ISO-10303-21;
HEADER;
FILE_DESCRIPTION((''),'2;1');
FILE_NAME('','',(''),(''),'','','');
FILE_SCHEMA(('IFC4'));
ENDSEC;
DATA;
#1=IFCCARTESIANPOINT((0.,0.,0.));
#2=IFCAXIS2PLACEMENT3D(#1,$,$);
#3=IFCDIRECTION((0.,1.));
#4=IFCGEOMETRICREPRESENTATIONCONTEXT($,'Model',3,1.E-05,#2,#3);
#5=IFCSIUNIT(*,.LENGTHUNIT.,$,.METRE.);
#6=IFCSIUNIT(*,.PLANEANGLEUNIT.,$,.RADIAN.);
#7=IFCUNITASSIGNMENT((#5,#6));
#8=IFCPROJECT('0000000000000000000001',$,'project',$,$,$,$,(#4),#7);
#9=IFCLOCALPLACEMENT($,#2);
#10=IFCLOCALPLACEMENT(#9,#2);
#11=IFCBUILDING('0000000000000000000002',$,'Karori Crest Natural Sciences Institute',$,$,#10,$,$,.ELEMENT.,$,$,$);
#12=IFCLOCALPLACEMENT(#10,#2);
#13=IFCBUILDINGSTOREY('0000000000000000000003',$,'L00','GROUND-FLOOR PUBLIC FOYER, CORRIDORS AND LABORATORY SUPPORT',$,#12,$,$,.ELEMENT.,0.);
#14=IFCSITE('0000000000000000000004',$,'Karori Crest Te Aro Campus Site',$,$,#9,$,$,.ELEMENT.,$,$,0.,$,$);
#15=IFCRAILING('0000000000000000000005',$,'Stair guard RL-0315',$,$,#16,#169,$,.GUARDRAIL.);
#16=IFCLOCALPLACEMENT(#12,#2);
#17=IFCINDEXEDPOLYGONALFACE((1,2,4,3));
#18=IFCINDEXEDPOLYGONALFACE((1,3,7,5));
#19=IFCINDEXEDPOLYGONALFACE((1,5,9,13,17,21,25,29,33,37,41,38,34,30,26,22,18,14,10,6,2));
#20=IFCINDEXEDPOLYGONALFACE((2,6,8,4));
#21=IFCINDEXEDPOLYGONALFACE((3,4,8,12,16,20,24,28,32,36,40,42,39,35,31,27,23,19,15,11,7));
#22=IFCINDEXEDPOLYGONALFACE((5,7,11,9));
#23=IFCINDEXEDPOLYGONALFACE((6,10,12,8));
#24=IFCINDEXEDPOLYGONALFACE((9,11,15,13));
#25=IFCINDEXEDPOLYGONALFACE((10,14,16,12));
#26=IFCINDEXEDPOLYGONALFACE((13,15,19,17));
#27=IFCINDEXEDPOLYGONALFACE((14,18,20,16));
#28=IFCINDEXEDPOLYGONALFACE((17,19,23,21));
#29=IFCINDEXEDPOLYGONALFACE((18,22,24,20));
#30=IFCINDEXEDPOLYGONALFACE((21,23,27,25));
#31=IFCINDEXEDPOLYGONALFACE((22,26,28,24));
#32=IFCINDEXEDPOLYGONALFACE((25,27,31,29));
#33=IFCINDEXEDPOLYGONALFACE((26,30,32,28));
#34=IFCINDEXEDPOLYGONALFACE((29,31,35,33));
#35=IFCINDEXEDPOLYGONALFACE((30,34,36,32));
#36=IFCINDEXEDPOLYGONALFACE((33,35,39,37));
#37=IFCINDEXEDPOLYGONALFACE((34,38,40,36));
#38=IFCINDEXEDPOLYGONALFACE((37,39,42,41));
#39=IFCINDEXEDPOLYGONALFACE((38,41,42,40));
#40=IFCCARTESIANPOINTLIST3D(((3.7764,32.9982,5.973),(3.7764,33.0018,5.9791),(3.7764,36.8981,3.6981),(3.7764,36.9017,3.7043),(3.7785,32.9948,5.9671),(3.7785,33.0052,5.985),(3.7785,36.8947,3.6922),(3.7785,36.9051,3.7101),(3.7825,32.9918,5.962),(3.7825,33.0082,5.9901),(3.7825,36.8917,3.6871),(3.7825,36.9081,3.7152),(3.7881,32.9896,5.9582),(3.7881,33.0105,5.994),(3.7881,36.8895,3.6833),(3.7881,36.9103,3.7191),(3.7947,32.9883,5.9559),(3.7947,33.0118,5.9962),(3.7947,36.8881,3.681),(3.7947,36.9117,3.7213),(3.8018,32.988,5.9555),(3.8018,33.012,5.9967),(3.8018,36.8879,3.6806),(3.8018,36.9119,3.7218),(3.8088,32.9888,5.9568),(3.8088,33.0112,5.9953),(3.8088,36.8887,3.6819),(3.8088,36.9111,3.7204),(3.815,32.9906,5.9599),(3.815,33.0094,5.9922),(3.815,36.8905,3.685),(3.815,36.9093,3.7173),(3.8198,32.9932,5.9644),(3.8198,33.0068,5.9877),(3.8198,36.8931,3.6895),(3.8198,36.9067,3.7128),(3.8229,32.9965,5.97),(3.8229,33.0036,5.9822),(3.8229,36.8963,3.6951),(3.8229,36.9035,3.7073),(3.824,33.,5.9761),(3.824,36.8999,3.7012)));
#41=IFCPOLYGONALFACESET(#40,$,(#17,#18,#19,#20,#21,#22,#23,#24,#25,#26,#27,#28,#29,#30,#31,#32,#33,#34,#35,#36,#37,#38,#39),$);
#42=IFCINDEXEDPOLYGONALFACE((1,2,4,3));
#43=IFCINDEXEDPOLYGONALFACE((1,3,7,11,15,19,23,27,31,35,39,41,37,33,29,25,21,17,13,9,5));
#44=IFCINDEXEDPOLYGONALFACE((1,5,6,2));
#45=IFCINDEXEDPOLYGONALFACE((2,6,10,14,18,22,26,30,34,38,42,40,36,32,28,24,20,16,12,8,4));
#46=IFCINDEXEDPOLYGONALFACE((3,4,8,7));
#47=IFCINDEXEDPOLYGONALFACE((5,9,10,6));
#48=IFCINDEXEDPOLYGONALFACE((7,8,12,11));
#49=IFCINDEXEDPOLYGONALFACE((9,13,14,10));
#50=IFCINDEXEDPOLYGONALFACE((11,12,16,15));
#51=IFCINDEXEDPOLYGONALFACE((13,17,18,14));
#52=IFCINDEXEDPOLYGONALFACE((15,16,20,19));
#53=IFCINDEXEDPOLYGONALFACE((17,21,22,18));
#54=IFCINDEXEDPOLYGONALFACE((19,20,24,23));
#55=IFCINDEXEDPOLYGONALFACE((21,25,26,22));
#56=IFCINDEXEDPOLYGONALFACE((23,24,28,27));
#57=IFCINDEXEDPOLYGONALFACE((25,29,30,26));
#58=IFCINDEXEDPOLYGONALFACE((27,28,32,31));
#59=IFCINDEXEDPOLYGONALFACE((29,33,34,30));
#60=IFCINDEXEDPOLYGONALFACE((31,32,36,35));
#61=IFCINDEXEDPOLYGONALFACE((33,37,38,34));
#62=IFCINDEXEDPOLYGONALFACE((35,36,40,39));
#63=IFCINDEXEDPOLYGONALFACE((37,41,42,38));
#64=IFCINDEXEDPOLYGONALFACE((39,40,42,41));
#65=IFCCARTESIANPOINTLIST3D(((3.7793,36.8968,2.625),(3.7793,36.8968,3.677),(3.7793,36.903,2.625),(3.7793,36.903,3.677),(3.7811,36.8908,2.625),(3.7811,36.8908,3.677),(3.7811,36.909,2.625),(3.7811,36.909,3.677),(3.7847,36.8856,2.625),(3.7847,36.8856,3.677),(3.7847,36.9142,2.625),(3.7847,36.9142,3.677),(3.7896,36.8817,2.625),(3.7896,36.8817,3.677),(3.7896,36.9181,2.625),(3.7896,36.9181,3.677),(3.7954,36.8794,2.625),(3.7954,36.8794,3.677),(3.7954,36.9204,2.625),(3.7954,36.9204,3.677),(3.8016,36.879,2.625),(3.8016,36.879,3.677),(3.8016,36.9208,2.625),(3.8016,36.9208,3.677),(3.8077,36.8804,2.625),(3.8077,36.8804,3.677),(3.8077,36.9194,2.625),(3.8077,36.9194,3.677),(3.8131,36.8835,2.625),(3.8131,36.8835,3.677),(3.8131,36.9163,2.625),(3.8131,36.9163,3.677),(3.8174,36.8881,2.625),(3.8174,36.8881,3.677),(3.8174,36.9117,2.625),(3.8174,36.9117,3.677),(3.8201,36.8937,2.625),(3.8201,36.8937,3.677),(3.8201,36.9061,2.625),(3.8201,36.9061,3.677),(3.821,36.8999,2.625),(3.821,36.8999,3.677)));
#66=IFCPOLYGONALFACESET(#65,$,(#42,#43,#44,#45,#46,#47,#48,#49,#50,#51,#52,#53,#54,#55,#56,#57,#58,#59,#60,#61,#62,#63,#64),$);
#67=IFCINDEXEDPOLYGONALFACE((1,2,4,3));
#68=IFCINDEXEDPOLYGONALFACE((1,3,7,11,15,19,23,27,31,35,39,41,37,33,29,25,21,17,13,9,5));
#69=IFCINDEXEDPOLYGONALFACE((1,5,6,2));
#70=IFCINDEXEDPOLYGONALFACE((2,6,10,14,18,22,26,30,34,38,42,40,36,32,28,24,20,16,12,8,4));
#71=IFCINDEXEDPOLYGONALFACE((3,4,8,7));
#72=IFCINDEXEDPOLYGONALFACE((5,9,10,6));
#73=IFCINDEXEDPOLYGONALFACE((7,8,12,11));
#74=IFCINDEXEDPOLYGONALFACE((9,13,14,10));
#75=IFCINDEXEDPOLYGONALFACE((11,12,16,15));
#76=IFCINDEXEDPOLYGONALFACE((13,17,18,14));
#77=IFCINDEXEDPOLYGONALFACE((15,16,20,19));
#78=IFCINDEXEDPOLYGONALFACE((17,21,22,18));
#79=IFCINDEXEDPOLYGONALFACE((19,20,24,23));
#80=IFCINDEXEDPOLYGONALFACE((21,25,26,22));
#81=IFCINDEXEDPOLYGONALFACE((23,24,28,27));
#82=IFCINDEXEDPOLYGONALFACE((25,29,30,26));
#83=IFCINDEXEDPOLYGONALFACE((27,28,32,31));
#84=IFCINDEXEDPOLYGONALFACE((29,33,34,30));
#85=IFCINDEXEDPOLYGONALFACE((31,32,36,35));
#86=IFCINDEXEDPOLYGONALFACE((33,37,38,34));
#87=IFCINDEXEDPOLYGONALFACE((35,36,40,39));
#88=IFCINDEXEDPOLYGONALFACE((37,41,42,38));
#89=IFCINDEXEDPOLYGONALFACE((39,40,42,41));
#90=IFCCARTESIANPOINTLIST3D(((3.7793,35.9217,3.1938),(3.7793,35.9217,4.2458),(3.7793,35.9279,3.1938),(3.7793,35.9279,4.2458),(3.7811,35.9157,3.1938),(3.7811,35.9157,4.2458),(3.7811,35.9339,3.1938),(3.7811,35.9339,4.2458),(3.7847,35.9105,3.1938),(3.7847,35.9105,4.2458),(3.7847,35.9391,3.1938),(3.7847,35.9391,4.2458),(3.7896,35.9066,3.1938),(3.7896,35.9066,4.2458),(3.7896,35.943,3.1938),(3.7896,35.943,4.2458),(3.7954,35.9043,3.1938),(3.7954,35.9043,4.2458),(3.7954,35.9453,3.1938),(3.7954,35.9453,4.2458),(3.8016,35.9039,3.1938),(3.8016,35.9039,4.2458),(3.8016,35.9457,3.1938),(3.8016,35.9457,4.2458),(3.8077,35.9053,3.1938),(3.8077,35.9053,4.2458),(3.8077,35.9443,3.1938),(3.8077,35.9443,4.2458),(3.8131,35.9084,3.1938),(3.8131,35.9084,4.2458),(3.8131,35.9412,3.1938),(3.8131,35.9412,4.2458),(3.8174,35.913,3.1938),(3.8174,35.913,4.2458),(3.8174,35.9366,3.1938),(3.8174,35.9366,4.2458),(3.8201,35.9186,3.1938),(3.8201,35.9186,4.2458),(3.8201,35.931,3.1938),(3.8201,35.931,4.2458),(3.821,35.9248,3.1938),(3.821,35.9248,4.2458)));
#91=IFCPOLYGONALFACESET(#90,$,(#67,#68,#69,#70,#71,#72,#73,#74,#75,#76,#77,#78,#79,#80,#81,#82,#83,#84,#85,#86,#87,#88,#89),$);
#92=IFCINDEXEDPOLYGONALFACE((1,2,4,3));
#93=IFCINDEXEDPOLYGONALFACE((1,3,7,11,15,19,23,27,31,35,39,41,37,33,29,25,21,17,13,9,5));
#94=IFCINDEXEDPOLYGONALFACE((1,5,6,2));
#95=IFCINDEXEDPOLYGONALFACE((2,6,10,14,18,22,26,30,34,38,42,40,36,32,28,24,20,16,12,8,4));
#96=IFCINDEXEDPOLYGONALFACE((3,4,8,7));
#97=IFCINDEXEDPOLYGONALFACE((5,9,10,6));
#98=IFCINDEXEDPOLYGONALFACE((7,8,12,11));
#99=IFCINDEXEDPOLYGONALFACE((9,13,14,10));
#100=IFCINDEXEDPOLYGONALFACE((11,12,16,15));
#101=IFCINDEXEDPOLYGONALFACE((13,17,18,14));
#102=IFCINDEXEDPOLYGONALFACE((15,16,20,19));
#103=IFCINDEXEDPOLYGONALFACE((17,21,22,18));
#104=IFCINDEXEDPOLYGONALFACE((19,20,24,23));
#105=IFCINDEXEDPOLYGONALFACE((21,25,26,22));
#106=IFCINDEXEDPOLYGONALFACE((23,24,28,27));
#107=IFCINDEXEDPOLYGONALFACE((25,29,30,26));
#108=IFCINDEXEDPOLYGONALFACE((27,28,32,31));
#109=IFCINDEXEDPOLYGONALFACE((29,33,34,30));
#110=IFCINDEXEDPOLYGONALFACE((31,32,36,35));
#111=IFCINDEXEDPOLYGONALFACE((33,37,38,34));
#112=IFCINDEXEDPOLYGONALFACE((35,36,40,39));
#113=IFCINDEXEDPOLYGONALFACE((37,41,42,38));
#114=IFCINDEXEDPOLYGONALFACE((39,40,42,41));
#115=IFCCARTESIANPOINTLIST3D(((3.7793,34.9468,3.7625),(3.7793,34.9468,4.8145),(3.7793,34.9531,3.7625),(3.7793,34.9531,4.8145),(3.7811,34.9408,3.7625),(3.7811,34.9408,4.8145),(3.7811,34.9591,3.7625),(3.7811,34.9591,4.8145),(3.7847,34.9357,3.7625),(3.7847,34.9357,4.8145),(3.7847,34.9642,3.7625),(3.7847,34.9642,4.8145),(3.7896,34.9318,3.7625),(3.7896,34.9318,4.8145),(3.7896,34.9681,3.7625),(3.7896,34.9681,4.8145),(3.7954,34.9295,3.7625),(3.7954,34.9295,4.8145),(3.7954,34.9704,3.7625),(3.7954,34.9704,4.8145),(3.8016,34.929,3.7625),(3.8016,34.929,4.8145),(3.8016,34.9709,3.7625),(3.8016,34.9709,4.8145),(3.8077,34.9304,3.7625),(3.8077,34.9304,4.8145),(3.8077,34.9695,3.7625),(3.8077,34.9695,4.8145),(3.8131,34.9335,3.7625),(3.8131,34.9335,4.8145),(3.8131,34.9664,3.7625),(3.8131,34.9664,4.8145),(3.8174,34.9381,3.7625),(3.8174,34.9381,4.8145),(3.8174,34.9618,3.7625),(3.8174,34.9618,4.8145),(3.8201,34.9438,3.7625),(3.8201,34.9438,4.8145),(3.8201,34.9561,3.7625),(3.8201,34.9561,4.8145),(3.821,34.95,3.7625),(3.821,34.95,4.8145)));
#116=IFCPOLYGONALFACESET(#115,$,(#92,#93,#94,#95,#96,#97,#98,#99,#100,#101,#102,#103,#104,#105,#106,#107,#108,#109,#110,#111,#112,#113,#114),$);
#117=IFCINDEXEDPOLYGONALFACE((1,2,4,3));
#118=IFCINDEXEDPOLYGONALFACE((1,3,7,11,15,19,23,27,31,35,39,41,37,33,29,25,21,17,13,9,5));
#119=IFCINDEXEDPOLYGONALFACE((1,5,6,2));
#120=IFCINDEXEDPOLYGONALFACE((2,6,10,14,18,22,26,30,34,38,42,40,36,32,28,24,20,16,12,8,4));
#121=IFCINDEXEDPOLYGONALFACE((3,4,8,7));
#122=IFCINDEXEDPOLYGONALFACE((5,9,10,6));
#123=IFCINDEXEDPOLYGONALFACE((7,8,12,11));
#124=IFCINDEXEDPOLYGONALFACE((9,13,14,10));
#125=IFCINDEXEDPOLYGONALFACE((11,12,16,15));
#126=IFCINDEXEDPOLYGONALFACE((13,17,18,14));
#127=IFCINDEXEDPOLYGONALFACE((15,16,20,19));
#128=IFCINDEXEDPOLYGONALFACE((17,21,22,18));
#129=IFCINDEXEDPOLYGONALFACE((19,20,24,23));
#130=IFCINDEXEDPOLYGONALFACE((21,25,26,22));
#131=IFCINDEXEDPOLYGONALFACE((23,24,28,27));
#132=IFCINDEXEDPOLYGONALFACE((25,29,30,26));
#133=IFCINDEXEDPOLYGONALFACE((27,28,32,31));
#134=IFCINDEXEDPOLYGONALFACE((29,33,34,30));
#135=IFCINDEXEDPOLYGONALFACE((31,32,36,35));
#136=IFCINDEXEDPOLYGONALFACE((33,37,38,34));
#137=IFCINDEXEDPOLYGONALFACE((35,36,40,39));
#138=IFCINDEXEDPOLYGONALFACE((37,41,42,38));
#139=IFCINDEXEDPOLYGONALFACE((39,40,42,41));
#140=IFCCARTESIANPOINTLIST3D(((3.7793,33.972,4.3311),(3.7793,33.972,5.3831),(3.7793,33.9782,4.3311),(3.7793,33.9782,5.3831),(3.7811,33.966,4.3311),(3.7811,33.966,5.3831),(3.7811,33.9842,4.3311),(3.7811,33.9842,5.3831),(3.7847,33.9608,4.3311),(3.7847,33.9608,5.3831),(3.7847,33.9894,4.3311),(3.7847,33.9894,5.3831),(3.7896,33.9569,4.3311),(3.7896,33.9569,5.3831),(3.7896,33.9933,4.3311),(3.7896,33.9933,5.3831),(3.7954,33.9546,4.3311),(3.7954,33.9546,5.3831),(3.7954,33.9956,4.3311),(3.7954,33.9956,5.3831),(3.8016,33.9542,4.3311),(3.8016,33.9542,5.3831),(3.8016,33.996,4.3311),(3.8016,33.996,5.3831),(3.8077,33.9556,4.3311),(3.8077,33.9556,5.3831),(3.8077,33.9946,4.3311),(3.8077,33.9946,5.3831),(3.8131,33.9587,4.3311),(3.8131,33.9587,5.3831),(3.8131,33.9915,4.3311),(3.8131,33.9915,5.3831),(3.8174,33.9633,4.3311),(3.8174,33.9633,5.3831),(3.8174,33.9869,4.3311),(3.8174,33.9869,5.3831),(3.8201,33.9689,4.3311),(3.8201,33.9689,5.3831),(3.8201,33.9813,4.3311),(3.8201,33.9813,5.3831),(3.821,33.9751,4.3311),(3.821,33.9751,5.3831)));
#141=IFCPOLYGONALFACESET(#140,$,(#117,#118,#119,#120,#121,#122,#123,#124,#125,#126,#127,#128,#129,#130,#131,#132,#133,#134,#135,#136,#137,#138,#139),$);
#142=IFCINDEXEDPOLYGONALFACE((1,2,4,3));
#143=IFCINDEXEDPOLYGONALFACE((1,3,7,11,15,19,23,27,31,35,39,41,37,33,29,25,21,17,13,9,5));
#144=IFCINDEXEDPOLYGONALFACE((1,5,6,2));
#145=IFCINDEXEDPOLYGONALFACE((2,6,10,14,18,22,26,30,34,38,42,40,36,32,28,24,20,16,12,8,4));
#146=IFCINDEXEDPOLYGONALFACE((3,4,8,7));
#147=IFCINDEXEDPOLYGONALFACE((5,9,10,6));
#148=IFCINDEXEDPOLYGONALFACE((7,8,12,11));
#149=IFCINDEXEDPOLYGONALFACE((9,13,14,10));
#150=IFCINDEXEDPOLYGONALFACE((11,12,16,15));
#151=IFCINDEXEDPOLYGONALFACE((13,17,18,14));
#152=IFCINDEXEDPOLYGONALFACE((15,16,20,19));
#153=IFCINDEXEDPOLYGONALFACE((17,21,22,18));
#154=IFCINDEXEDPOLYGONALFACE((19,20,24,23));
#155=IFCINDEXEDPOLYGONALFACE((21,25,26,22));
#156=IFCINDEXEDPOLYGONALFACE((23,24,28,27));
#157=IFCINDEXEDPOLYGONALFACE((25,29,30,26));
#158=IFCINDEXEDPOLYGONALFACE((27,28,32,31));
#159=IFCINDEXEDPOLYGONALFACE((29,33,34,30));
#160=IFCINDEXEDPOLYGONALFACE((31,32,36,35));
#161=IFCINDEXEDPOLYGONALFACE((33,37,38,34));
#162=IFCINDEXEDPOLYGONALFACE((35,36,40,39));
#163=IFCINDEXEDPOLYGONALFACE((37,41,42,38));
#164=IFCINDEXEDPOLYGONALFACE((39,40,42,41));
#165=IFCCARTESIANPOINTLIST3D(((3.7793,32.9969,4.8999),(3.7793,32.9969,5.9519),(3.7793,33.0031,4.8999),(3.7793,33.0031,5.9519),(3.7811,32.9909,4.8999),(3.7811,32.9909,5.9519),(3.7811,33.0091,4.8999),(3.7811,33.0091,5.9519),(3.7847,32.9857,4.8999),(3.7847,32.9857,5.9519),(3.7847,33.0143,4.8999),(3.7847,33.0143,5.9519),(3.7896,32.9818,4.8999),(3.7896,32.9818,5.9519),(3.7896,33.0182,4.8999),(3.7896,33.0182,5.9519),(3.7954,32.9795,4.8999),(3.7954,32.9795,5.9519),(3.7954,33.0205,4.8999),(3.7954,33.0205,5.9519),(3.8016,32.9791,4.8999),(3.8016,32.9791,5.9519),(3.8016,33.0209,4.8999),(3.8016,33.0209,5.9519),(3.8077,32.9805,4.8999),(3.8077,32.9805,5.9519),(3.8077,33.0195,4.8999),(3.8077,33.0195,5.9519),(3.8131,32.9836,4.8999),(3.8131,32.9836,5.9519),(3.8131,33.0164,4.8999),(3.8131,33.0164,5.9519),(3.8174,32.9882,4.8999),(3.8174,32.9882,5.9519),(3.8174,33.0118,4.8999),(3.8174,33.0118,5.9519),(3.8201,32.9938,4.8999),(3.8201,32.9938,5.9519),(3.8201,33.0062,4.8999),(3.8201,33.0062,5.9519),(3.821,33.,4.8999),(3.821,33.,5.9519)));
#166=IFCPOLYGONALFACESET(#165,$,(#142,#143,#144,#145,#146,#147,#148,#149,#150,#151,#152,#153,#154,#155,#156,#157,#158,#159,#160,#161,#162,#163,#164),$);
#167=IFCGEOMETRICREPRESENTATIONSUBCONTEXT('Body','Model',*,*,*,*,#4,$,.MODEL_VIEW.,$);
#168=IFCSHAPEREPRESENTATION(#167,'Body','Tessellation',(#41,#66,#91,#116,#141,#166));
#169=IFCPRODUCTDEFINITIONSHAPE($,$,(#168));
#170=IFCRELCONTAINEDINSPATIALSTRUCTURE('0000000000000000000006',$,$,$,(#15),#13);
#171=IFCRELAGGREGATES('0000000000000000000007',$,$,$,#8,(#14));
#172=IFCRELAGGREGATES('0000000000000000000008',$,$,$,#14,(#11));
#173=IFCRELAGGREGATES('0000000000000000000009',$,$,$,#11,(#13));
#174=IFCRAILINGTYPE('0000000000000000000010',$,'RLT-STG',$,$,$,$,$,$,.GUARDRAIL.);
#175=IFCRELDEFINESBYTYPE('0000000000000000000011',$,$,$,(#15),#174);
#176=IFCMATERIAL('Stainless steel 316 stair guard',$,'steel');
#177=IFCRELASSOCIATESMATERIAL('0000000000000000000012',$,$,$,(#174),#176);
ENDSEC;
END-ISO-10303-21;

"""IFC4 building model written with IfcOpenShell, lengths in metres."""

from ifc_helpers import new_model, si_unit, direction, frame, origin, origin_2d, place, context, subcontext, project, spatial, circle, extrude, material, type_object, element, save


model = new_model("IFC4")

# Units and contexts
model_context = context("Model", 3, precision=1e-05, world=origin(), true_north=direction((0.0, 1.0)))
body_context = subcontext(model_context, "Body", "Model", "MODEL_VIEW")
ifc_project = project(units=[si_unit("LENGTHUNIT", "METRE"), si_unit("PLANEANGLEUNIT", "RADIAN")], contexts=[model_context])

# Site, building, storey
site_placement = place(None, origin())
site = spatial("IfcSite", under=ifc_project, at=site_placement, Name="Karori Crest Te Aro Campus Site", CompositionType="ELEMENT", RefElevation=0.0)
building_placement = place(site_placement, origin())
building = spatial("IfcBuilding", under=site, at=building_placement, Name="Karori Crest Natural Sciences Institute", CompositionType="ELEMENT")
storey_placement = place(building_placement, origin())
storey = spatial("IfcBuildingStorey", under=building, at=storey_placement, Name="L00", Description="GROUND-FLOOR PUBLIC FOYER, CORRIDORS AND LABORATORY SUPPORT", CompositionType="ELEMENT", Elevation=0.0)

# Railing
ifc_material_1 = material(Name="Stainless steel 316 stair guard", Category="steel")
railing_type_1 = type_object("IfcRailingType", Name="RLT-STG", PredefinedType="GUARDRAIL", material=ifc_material_1)
railing_1_placement = place(storey_placement, frame((3.8, 36.8999, 2.625)))
element("IfcRailing", 1, at=railing_1_placement, inside=storey, type_object=railing_type_1, Name="Stair guard RL-0315", PredefinedType="GUARDRAIL", context=body_context, shape_type="SweptSolid", body=[
    extrude(circle(Radius=0.0239, at=origin_2d()), frame((0.0, 0.0, 1.0762), z_axis=(0.0, -0.863783, 0.503864), x_axis=(1.0, 0.0, 0.0)), (0.0, 0.0, 1.0), 4.5149),
    extrude(circle(Radius=0.021, at=origin_2d()), origin(), (0.0, 0.0, 1.0), 1.052),
    extrude(circle(Radius=0.021, at=origin_2d()), frame((0.0, -0.9751, 0.5688)), (0.0, 0.0, 1.0), 1.052),
    extrude(circle(Radius=0.021, at=origin_2d()), frame((0.0, -1.95, 1.1375)), (0.0, 0.0, 1.0), 1.052),
    extrude(circle(Radius=0.021, at=origin_2d()), frame((0.0, -2.9248, 1.7061)), (0.0, 0.0, 1.0), 1.052),
    extrude(circle(Radius=0.021, at=origin_2d()), frame((0.0, -3.8999, 2.2749)), (0.0, 0.0, 1.0), 1.052),
])

save(model, "model.ifc")
